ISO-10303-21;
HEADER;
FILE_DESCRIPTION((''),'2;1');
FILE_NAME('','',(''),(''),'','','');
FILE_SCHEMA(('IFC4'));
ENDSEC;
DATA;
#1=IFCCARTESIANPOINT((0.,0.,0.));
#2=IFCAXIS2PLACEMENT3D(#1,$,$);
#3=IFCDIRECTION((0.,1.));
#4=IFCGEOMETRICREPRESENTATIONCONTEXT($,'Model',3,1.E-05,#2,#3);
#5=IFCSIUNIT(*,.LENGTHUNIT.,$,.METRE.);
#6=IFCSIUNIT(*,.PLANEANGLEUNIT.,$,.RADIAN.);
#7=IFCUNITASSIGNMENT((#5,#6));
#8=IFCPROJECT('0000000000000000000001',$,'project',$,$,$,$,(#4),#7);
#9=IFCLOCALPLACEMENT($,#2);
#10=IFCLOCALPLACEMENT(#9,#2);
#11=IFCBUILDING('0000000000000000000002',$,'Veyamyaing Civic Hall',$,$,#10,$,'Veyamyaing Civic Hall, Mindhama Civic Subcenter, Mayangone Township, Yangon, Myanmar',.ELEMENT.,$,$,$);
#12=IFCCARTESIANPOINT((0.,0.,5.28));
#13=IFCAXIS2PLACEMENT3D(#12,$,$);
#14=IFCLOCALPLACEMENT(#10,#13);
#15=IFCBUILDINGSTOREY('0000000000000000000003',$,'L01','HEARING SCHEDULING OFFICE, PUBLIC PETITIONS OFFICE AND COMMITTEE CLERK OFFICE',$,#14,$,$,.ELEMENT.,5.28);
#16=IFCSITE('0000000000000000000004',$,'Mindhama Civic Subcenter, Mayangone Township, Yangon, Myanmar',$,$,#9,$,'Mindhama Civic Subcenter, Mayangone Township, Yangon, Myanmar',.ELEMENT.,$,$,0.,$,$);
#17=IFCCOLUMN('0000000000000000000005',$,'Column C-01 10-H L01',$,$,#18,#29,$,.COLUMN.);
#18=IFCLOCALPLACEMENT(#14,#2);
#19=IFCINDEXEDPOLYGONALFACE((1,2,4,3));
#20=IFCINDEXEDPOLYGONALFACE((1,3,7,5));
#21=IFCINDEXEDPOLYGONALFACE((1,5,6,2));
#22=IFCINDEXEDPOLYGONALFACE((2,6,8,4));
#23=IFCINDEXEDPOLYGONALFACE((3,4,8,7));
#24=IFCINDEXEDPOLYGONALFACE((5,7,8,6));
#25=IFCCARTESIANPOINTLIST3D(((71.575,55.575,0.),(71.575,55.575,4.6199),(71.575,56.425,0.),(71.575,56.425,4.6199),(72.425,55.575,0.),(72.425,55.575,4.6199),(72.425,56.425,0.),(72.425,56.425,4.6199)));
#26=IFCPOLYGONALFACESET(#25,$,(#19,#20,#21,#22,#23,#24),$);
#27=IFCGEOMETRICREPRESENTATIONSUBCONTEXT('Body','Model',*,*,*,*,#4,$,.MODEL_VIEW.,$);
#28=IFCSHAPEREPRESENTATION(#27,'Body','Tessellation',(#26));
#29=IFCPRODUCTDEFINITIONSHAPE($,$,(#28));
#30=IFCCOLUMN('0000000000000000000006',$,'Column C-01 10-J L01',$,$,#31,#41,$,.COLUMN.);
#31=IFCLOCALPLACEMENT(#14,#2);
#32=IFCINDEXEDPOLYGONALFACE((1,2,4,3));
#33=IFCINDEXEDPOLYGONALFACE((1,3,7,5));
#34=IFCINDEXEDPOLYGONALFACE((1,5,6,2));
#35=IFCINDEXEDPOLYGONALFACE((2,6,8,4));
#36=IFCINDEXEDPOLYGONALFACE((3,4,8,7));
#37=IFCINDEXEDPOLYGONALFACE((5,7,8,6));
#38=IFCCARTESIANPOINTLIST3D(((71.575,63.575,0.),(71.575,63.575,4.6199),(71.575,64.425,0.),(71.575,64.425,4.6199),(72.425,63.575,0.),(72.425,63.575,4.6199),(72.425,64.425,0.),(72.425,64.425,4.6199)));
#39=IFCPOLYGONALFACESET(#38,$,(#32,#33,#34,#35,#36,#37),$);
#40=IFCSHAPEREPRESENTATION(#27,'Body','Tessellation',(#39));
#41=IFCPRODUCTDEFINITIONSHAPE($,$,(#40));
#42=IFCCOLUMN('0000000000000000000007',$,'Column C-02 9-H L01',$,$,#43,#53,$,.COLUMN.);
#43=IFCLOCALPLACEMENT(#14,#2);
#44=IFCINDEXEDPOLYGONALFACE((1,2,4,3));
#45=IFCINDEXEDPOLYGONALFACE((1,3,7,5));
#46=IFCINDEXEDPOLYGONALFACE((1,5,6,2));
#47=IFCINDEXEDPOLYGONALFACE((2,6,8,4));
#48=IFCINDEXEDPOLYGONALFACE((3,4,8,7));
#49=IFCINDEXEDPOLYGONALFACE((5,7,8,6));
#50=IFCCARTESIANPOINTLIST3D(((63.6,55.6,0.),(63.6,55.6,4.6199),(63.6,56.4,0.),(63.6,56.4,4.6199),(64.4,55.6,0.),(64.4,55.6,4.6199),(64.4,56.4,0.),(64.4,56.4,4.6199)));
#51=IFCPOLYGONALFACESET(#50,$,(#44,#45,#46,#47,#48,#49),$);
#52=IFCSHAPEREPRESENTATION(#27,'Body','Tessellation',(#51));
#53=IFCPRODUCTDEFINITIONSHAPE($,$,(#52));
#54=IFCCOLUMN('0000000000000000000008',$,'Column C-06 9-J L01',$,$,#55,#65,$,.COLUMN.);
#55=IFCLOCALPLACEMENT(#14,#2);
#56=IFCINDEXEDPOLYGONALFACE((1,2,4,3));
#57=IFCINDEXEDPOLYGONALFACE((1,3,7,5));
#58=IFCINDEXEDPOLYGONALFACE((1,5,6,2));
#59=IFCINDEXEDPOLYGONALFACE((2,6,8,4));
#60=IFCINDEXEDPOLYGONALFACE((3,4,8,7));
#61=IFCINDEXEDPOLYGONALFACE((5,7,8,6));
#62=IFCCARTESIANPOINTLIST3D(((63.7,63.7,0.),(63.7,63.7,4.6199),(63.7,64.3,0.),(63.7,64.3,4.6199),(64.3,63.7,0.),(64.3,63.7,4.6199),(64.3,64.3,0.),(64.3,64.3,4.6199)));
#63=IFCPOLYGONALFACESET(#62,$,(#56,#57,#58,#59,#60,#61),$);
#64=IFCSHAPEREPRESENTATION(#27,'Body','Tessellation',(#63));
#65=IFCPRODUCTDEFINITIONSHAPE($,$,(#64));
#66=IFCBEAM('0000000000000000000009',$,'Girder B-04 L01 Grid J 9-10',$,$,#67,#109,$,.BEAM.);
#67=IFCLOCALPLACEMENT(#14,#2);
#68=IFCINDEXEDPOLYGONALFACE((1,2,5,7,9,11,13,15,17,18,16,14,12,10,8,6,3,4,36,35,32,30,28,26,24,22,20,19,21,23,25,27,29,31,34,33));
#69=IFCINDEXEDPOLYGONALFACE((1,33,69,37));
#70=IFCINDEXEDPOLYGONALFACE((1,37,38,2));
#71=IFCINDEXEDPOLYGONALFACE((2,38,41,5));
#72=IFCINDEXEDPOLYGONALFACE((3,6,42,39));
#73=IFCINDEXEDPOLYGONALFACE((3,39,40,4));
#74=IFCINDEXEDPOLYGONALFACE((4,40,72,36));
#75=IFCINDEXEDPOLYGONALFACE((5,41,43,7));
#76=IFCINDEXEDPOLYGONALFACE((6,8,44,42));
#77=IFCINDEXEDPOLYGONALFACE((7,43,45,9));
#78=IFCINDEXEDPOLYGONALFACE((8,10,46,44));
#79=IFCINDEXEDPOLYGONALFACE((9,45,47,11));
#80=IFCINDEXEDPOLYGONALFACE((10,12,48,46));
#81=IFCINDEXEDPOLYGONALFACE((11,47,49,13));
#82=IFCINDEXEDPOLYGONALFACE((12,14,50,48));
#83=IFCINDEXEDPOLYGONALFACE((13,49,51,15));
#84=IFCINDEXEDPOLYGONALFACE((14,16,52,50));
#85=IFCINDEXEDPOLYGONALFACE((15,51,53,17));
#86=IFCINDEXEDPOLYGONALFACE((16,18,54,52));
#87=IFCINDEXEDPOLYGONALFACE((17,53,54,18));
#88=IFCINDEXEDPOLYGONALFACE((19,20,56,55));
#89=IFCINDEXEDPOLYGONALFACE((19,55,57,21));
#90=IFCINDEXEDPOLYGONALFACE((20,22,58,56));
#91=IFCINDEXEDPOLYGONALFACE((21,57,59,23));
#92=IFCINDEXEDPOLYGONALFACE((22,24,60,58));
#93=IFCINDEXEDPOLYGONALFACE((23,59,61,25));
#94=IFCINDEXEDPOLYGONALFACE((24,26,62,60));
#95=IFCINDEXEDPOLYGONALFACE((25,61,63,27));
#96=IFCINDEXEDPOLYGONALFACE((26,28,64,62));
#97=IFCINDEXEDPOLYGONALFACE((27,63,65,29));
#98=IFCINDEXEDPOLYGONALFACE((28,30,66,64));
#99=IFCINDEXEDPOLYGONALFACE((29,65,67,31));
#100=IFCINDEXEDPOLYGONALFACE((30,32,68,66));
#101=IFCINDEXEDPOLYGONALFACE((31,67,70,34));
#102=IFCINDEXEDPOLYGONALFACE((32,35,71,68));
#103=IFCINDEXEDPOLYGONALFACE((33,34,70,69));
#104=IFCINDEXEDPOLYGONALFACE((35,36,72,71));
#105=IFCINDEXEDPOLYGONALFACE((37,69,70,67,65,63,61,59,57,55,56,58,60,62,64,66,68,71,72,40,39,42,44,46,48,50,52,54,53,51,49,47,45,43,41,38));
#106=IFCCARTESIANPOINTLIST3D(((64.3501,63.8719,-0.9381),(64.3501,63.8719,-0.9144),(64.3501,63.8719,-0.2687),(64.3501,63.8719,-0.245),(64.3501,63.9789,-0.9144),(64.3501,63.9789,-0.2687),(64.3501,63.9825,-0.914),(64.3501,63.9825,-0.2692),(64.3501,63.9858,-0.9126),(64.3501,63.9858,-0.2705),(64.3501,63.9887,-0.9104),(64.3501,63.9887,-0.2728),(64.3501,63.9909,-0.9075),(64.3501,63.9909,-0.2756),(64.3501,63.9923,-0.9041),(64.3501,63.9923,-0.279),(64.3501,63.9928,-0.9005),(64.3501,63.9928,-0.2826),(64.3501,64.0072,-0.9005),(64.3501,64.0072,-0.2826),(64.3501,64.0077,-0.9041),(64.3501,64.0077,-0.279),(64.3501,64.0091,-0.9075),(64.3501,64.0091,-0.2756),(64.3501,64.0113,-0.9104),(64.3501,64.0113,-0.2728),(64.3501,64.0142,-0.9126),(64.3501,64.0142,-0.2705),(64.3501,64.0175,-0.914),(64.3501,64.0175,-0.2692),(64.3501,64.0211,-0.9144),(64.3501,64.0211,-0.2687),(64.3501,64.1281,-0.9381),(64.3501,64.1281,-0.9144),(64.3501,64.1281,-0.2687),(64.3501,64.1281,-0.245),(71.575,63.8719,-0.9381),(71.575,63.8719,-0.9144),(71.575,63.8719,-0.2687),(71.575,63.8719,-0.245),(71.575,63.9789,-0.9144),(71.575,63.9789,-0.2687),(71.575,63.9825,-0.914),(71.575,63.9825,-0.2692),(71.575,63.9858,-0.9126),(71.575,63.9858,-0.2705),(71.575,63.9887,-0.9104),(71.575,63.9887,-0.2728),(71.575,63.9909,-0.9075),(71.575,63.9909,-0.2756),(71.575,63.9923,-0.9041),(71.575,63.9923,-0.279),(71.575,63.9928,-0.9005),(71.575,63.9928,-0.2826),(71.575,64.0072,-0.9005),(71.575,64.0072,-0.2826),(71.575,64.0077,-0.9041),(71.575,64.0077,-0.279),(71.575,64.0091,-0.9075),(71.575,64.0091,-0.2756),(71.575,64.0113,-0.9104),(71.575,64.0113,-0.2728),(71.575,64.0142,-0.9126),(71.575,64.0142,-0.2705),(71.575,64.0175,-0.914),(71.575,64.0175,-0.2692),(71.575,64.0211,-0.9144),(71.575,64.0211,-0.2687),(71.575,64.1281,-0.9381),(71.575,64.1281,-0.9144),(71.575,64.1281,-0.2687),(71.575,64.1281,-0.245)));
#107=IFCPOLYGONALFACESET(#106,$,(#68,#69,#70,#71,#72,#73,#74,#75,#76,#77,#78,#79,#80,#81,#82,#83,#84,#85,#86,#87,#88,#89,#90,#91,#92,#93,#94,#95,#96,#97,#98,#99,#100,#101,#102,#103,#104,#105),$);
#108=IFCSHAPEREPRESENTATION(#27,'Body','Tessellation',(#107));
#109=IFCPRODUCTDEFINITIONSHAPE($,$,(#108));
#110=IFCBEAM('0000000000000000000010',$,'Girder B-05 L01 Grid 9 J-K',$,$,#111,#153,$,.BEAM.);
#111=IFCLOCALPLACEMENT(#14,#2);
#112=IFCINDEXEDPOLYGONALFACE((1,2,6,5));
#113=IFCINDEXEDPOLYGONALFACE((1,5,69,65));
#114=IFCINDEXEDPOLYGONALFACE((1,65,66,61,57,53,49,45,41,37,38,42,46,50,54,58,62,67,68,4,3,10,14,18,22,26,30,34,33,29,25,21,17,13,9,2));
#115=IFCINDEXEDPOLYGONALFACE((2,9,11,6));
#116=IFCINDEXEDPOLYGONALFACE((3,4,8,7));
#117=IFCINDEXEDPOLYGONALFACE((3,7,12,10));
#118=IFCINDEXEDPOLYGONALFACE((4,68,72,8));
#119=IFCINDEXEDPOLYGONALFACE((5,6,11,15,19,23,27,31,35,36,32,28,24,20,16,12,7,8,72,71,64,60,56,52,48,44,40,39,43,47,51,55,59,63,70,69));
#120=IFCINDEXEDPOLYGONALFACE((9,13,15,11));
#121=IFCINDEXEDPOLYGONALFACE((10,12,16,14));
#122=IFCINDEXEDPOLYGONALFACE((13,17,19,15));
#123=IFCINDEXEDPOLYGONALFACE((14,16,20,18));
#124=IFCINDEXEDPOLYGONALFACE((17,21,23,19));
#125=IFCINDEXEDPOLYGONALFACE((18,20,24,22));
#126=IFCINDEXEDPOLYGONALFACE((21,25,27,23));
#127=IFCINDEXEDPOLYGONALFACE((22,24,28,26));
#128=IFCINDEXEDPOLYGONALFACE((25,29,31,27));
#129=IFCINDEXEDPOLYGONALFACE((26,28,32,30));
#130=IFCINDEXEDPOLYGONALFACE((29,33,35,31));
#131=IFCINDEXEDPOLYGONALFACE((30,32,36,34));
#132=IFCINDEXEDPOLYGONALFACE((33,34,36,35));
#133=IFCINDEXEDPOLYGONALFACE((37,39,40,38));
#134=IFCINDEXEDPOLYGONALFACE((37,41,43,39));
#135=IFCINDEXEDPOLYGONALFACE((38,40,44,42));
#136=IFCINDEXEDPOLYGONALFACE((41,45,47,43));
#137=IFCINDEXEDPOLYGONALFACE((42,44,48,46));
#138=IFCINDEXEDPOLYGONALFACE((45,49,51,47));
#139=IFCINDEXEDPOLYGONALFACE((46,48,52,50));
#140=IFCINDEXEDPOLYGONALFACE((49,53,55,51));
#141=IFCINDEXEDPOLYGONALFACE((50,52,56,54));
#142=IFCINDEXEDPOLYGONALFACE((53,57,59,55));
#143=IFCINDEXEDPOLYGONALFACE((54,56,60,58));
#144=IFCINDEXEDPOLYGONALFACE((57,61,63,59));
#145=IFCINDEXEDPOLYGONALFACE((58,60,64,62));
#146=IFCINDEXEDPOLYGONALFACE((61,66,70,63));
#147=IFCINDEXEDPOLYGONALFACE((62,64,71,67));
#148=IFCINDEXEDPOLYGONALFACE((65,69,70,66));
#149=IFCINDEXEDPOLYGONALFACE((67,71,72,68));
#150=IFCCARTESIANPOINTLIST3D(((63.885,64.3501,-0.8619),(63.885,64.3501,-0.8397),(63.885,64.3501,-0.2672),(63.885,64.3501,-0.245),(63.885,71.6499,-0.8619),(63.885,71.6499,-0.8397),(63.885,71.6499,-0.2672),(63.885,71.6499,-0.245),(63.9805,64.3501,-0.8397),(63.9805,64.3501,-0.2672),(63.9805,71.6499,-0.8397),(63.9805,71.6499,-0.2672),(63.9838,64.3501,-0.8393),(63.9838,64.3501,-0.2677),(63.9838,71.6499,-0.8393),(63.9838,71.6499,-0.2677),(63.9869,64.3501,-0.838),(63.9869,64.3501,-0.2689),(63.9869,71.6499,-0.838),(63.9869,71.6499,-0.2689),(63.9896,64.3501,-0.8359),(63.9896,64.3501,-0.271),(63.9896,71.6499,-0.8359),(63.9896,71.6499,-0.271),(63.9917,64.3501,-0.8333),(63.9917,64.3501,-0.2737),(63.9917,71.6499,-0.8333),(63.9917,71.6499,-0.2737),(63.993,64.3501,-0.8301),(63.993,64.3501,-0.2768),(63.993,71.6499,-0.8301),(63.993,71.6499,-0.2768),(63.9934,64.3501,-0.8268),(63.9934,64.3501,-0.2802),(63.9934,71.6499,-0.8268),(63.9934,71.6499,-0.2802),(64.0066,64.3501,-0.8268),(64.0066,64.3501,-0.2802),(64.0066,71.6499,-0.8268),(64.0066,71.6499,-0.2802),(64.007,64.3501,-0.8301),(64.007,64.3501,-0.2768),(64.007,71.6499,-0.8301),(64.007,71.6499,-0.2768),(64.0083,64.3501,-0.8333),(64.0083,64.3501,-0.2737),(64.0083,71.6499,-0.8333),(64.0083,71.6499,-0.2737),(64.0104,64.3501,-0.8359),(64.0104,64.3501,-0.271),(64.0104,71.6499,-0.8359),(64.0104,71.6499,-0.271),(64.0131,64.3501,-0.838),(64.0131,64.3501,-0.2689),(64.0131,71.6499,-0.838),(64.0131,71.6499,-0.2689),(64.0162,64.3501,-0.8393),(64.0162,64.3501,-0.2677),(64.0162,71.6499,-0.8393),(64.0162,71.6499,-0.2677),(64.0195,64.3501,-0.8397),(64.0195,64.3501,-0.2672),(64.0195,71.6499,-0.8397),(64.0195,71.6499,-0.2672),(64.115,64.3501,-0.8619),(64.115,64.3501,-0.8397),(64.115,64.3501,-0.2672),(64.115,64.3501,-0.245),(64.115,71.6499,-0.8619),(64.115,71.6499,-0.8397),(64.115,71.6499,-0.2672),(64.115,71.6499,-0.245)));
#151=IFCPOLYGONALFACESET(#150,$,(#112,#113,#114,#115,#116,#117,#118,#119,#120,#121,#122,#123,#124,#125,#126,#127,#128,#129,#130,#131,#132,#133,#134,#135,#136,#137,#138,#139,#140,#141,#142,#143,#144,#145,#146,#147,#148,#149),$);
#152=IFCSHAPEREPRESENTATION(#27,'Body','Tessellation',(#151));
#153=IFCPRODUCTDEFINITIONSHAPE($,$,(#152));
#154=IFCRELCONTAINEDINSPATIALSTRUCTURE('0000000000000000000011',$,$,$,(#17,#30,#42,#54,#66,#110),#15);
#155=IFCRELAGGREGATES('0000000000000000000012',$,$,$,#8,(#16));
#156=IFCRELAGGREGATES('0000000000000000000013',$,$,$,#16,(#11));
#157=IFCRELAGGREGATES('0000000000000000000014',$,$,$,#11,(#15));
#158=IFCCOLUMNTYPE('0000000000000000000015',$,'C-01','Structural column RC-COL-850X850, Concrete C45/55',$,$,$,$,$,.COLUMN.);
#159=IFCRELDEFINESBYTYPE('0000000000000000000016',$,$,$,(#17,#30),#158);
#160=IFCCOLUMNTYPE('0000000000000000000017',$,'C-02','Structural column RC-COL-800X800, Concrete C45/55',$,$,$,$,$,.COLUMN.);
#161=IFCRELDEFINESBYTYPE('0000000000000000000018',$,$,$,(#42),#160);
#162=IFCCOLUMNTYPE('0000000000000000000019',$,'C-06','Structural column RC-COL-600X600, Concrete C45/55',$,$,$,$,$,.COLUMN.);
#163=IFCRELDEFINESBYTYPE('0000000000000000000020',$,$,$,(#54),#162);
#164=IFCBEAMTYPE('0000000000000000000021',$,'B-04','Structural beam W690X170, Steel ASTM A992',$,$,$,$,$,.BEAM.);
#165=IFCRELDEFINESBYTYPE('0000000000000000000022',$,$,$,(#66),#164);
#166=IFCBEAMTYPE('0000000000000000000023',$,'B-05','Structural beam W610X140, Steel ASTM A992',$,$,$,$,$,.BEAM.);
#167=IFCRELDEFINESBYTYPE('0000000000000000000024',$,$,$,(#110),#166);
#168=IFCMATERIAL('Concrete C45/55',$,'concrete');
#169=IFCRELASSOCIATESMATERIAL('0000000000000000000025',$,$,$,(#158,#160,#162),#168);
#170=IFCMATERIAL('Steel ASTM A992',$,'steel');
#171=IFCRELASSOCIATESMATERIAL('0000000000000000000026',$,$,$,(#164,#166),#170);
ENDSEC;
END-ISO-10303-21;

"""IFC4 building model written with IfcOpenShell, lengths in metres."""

from ifc_helpers import new_model, si_unit, direction, frame, origin, origin_2d, place, context, subcontext, project, spatial, rectangle, i_section, extrude, material, material_profile, profile_set, type_object, element, save


model = new_model("IFC4")

# Units and contexts
model_context = context("Model", 3, precision=1e-05, world=origin(), true_north=direction((0.0, 1.0)))
body_context = subcontext(model_context, "Body", "Model", "MODEL_VIEW")
ifc_project = project(units=[si_unit("LENGTHUNIT", "METRE"), si_unit("PLANEANGLEUNIT", "RADIAN")], contexts=[model_context])

# Site, building, storey
site_placement = place(None, origin())
site = spatial("IfcSite", under=ifc_project, at=site_placement, Name="Mindhama Civic Subcenter, Mayangone Township, Yangon, Myanmar", LongName="Mindhama Civic Subcenter, Mayangone Township, Yangon, Myanmar", CompositionType="ELEMENT", RefElevation=0.0)
building_placement = place(site_placement, origin())
building = spatial("IfcBuilding", under=site, at=building_placement, Name="Veyamyaing Civic Hall", LongName="Veyamyaing Civic Hall, Mindhama Civic Subcenter, Mayangone Township, Yangon, Myanmar", CompositionType="ELEMENT")
storey_placement = place(building_placement, frame((0.0, 0.0, 5.28)))
storey = spatial("IfcBuildingStorey", under=building, at=storey_placement, Name="L01", Description="HEARING SCHEDULING OFFICE, PUBLIC PETITIONS OFFICE AND COMMITTEE CLERK OFFICE", CompositionType="ELEMENT", Elevation=5.28)

# Columns
ifc_material_1 = material(Name="Concrete C45/55", Category="concrete")
ifc_material_profile_1 = material_profile(ifc_material_1, rectangle(XDim=0.8501, YDim=0.8501, at=origin_2d()), Name="RC-COL-850X850")
ifc_profile_set_1 = profile_set([ifc_material_profile_1], Name="Concrete C45/55")
column_type_1 = type_object("IfcColumnType", Name="C-01", Description="Structural column RC-COL-850X850, Concrete C45/55", PredefinedType="COLUMN", material=ifc_profile_set_1)
for number, where, z_axis, x_axis, name in (
    (1, (72.0, 56.0, 0.0), (0.0, 0.0, 1.0), (1.0, 0.0, 0.0), "Column C-01 10-H L01"),
    (2, (72.0, 64.0, 0.0), (0.0, 0.0, 1.0), (1.0, 0.0, 0.0), "Column C-01 10-J L01"),
):
    element("IfcColumn", number, at=place(storey_placement, frame(where, z_axis=z_axis, x_axis=x_axis)), inside=storey, type_object=column_type_1, Name=name, PredefinedType="COLUMN", context=body_context, shape_type="SweptSolid", body=[
        extrude(rectangle(XDim=0.8501, YDim=0.8501, at=origin_2d()), origin(), (0.0, 0.0, 1.0), 4.6199),
    ])
ifc_material_profile_2 = material_profile(ifc_material_1, rectangle(XDim=0.8, YDim=0.8, at=origin_2d()), Name="RC-COL-800X800")
ifc_profile_set_2 = profile_set([ifc_material_profile_2], Name="Concrete C45/55")
column_type_2 = type_object("IfcColumnType", Name="C-02", Description="Structural column RC-COL-800X800, Concrete C45/55", PredefinedType="COLUMN", material=ifc_profile_set_2)
column_1_placement = place(storey_placement, frame((64.0, 56.0, 0.0), z_axis=(0.0, 0.0, 1.0), x_axis=(1.0, 0.0, 0.0)))
element("IfcColumn", 3, at=column_1_placement, inside=storey, type_object=column_type_2, Name="Column C-02 9-H L01", PredefinedType="COLUMN", context=body_context, shape_type="SweptSolid", body=[
    extrude(rectangle(XDim=0.8, YDim=0.8, at=origin_2d()), origin(), (0.0, 0.0, 1.0), 4.6199),
])
ifc_material_profile_3 = material_profile(ifc_material_1, rectangle(XDim=0.6001, YDim=0.6001, at=origin_2d()), Name="RC-COL-600X600")
ifc_profile_set_3 = profile_set([ifc_material_profile_3], Name="Concrete C45/55")
column_type_3 = type_object("IfcColumnType", Name="C-06", Description="Structural column RC-COL-600X600, Concrete C45/55", PredefinedType="COLUMN", material=ifc_profile_set_3)
column_2_placement = place(storey_placement, frame((64.0, 64.0, 0.0), z_axis=(0.0, 0.0, 1.0), x_axis=(1.0, 0.0, 0.0)))
element("IfcColumn", 4, at=column_2_placement, inside=storey, type_object=column_type_3, Name="Column C-06 9-J L01", PredefinedType="COLUMN", context=body_context, shape_type="SweptSolid", body=[
    extrude(rectangle(XDim=0.6001, YDim=0.6001, at=origin_2d()), origin(), (0.0, 0.0, 1.0), 4.6199),
])

# Beams
ifc_material_2 = material(Name="Steel ASTM A992", Category="steel")
ifc_material_profile_4 = material_profile(ifc_material_2, i_section(OverallWidth=0.2561, OverallDepth=0.6931, WebThickness=0.0144, FlangeThickness=0.0237, FilletRadius=0.0139, at=origin_2d()), Name="W690X170")
ifc_profile_set_4 = profile_set([ifc_material_profile_4], Name="Steel ASTM A992")
beam_type_1 = type_object("IfcBeamType", Name="B-04", Description="Structural beam W690X170, Steel ASTM A992", PredefinedType="BEAM", material=ifc_profile_set_4)
beam_1_placement = place(storey_placement, frame((64.3501, 64.0, -0.5916), z_axis=(1.0, 0.0, 0.0), x_axis=(0.0, 1.0, 0.0)))
element("IfcBeam", 5, at=beam_1_placement, inside=storey, type_object=beam_type_1, Name="Girder B-04 L01 Grid J 9-10", PredefinedType="BEAM", context=body_context, shape_type="SweptSolid", body=[
    extrude(i_section(OverallWidth=0.2561, OverallDepth=0.6931, WebThickness=0.0144, FlangeThickness=0.0237, FilletRadius=0.0139, at=origin_2d()), origin(), (0.0, 0.0, 1.0), 7.2249),
])
ifc_material_profile_5 = material_profile(ifc_material_2, i_section(OverallWidth=0.23, OverallDepth=0.6169, WebThickness=0.0132, FlangeThickness=0.0222, FilletRadius=0.0129, at=origin_2d()), Name="W610X140")
ifc_profile_set_5 = profile_set([ifc_material_profile_5], Name="Steel ASTM A992")
beam_type_2 = type_object("IfcBeamType", Name="B-05", Description="Structural beam W610X140, Steel ASTM A992", PredefinedType="BEAM", material=ifc_profile_set_5)
beam_2_placement = place(storey_placement, frame((64.0, 64.3501, -0.5535), z_axis=(0.0, 1.0, 0.0), x_axis=(-1.0, 0.0, 0.0)))
element("IfcBeam", 6, at=beam_2_placement, inside=storey, type_object=beam_type_2, Name="Girder B-05 L01 Grid 9 J-K", PredefinedType="BEAM", context=body_context, shape_type="SweptSolid", body=[
    extrude(i_section(OverallWidth=0.23, OverallDepth=0.6169, WebThickness=0.0132, FlangeThickness=0.0222, FilletRadius=0.0129, at=origin_2d()), origin(), (0.0, 0.0, 1.0), 7.2998),
])

save(model, "model.ifc")
